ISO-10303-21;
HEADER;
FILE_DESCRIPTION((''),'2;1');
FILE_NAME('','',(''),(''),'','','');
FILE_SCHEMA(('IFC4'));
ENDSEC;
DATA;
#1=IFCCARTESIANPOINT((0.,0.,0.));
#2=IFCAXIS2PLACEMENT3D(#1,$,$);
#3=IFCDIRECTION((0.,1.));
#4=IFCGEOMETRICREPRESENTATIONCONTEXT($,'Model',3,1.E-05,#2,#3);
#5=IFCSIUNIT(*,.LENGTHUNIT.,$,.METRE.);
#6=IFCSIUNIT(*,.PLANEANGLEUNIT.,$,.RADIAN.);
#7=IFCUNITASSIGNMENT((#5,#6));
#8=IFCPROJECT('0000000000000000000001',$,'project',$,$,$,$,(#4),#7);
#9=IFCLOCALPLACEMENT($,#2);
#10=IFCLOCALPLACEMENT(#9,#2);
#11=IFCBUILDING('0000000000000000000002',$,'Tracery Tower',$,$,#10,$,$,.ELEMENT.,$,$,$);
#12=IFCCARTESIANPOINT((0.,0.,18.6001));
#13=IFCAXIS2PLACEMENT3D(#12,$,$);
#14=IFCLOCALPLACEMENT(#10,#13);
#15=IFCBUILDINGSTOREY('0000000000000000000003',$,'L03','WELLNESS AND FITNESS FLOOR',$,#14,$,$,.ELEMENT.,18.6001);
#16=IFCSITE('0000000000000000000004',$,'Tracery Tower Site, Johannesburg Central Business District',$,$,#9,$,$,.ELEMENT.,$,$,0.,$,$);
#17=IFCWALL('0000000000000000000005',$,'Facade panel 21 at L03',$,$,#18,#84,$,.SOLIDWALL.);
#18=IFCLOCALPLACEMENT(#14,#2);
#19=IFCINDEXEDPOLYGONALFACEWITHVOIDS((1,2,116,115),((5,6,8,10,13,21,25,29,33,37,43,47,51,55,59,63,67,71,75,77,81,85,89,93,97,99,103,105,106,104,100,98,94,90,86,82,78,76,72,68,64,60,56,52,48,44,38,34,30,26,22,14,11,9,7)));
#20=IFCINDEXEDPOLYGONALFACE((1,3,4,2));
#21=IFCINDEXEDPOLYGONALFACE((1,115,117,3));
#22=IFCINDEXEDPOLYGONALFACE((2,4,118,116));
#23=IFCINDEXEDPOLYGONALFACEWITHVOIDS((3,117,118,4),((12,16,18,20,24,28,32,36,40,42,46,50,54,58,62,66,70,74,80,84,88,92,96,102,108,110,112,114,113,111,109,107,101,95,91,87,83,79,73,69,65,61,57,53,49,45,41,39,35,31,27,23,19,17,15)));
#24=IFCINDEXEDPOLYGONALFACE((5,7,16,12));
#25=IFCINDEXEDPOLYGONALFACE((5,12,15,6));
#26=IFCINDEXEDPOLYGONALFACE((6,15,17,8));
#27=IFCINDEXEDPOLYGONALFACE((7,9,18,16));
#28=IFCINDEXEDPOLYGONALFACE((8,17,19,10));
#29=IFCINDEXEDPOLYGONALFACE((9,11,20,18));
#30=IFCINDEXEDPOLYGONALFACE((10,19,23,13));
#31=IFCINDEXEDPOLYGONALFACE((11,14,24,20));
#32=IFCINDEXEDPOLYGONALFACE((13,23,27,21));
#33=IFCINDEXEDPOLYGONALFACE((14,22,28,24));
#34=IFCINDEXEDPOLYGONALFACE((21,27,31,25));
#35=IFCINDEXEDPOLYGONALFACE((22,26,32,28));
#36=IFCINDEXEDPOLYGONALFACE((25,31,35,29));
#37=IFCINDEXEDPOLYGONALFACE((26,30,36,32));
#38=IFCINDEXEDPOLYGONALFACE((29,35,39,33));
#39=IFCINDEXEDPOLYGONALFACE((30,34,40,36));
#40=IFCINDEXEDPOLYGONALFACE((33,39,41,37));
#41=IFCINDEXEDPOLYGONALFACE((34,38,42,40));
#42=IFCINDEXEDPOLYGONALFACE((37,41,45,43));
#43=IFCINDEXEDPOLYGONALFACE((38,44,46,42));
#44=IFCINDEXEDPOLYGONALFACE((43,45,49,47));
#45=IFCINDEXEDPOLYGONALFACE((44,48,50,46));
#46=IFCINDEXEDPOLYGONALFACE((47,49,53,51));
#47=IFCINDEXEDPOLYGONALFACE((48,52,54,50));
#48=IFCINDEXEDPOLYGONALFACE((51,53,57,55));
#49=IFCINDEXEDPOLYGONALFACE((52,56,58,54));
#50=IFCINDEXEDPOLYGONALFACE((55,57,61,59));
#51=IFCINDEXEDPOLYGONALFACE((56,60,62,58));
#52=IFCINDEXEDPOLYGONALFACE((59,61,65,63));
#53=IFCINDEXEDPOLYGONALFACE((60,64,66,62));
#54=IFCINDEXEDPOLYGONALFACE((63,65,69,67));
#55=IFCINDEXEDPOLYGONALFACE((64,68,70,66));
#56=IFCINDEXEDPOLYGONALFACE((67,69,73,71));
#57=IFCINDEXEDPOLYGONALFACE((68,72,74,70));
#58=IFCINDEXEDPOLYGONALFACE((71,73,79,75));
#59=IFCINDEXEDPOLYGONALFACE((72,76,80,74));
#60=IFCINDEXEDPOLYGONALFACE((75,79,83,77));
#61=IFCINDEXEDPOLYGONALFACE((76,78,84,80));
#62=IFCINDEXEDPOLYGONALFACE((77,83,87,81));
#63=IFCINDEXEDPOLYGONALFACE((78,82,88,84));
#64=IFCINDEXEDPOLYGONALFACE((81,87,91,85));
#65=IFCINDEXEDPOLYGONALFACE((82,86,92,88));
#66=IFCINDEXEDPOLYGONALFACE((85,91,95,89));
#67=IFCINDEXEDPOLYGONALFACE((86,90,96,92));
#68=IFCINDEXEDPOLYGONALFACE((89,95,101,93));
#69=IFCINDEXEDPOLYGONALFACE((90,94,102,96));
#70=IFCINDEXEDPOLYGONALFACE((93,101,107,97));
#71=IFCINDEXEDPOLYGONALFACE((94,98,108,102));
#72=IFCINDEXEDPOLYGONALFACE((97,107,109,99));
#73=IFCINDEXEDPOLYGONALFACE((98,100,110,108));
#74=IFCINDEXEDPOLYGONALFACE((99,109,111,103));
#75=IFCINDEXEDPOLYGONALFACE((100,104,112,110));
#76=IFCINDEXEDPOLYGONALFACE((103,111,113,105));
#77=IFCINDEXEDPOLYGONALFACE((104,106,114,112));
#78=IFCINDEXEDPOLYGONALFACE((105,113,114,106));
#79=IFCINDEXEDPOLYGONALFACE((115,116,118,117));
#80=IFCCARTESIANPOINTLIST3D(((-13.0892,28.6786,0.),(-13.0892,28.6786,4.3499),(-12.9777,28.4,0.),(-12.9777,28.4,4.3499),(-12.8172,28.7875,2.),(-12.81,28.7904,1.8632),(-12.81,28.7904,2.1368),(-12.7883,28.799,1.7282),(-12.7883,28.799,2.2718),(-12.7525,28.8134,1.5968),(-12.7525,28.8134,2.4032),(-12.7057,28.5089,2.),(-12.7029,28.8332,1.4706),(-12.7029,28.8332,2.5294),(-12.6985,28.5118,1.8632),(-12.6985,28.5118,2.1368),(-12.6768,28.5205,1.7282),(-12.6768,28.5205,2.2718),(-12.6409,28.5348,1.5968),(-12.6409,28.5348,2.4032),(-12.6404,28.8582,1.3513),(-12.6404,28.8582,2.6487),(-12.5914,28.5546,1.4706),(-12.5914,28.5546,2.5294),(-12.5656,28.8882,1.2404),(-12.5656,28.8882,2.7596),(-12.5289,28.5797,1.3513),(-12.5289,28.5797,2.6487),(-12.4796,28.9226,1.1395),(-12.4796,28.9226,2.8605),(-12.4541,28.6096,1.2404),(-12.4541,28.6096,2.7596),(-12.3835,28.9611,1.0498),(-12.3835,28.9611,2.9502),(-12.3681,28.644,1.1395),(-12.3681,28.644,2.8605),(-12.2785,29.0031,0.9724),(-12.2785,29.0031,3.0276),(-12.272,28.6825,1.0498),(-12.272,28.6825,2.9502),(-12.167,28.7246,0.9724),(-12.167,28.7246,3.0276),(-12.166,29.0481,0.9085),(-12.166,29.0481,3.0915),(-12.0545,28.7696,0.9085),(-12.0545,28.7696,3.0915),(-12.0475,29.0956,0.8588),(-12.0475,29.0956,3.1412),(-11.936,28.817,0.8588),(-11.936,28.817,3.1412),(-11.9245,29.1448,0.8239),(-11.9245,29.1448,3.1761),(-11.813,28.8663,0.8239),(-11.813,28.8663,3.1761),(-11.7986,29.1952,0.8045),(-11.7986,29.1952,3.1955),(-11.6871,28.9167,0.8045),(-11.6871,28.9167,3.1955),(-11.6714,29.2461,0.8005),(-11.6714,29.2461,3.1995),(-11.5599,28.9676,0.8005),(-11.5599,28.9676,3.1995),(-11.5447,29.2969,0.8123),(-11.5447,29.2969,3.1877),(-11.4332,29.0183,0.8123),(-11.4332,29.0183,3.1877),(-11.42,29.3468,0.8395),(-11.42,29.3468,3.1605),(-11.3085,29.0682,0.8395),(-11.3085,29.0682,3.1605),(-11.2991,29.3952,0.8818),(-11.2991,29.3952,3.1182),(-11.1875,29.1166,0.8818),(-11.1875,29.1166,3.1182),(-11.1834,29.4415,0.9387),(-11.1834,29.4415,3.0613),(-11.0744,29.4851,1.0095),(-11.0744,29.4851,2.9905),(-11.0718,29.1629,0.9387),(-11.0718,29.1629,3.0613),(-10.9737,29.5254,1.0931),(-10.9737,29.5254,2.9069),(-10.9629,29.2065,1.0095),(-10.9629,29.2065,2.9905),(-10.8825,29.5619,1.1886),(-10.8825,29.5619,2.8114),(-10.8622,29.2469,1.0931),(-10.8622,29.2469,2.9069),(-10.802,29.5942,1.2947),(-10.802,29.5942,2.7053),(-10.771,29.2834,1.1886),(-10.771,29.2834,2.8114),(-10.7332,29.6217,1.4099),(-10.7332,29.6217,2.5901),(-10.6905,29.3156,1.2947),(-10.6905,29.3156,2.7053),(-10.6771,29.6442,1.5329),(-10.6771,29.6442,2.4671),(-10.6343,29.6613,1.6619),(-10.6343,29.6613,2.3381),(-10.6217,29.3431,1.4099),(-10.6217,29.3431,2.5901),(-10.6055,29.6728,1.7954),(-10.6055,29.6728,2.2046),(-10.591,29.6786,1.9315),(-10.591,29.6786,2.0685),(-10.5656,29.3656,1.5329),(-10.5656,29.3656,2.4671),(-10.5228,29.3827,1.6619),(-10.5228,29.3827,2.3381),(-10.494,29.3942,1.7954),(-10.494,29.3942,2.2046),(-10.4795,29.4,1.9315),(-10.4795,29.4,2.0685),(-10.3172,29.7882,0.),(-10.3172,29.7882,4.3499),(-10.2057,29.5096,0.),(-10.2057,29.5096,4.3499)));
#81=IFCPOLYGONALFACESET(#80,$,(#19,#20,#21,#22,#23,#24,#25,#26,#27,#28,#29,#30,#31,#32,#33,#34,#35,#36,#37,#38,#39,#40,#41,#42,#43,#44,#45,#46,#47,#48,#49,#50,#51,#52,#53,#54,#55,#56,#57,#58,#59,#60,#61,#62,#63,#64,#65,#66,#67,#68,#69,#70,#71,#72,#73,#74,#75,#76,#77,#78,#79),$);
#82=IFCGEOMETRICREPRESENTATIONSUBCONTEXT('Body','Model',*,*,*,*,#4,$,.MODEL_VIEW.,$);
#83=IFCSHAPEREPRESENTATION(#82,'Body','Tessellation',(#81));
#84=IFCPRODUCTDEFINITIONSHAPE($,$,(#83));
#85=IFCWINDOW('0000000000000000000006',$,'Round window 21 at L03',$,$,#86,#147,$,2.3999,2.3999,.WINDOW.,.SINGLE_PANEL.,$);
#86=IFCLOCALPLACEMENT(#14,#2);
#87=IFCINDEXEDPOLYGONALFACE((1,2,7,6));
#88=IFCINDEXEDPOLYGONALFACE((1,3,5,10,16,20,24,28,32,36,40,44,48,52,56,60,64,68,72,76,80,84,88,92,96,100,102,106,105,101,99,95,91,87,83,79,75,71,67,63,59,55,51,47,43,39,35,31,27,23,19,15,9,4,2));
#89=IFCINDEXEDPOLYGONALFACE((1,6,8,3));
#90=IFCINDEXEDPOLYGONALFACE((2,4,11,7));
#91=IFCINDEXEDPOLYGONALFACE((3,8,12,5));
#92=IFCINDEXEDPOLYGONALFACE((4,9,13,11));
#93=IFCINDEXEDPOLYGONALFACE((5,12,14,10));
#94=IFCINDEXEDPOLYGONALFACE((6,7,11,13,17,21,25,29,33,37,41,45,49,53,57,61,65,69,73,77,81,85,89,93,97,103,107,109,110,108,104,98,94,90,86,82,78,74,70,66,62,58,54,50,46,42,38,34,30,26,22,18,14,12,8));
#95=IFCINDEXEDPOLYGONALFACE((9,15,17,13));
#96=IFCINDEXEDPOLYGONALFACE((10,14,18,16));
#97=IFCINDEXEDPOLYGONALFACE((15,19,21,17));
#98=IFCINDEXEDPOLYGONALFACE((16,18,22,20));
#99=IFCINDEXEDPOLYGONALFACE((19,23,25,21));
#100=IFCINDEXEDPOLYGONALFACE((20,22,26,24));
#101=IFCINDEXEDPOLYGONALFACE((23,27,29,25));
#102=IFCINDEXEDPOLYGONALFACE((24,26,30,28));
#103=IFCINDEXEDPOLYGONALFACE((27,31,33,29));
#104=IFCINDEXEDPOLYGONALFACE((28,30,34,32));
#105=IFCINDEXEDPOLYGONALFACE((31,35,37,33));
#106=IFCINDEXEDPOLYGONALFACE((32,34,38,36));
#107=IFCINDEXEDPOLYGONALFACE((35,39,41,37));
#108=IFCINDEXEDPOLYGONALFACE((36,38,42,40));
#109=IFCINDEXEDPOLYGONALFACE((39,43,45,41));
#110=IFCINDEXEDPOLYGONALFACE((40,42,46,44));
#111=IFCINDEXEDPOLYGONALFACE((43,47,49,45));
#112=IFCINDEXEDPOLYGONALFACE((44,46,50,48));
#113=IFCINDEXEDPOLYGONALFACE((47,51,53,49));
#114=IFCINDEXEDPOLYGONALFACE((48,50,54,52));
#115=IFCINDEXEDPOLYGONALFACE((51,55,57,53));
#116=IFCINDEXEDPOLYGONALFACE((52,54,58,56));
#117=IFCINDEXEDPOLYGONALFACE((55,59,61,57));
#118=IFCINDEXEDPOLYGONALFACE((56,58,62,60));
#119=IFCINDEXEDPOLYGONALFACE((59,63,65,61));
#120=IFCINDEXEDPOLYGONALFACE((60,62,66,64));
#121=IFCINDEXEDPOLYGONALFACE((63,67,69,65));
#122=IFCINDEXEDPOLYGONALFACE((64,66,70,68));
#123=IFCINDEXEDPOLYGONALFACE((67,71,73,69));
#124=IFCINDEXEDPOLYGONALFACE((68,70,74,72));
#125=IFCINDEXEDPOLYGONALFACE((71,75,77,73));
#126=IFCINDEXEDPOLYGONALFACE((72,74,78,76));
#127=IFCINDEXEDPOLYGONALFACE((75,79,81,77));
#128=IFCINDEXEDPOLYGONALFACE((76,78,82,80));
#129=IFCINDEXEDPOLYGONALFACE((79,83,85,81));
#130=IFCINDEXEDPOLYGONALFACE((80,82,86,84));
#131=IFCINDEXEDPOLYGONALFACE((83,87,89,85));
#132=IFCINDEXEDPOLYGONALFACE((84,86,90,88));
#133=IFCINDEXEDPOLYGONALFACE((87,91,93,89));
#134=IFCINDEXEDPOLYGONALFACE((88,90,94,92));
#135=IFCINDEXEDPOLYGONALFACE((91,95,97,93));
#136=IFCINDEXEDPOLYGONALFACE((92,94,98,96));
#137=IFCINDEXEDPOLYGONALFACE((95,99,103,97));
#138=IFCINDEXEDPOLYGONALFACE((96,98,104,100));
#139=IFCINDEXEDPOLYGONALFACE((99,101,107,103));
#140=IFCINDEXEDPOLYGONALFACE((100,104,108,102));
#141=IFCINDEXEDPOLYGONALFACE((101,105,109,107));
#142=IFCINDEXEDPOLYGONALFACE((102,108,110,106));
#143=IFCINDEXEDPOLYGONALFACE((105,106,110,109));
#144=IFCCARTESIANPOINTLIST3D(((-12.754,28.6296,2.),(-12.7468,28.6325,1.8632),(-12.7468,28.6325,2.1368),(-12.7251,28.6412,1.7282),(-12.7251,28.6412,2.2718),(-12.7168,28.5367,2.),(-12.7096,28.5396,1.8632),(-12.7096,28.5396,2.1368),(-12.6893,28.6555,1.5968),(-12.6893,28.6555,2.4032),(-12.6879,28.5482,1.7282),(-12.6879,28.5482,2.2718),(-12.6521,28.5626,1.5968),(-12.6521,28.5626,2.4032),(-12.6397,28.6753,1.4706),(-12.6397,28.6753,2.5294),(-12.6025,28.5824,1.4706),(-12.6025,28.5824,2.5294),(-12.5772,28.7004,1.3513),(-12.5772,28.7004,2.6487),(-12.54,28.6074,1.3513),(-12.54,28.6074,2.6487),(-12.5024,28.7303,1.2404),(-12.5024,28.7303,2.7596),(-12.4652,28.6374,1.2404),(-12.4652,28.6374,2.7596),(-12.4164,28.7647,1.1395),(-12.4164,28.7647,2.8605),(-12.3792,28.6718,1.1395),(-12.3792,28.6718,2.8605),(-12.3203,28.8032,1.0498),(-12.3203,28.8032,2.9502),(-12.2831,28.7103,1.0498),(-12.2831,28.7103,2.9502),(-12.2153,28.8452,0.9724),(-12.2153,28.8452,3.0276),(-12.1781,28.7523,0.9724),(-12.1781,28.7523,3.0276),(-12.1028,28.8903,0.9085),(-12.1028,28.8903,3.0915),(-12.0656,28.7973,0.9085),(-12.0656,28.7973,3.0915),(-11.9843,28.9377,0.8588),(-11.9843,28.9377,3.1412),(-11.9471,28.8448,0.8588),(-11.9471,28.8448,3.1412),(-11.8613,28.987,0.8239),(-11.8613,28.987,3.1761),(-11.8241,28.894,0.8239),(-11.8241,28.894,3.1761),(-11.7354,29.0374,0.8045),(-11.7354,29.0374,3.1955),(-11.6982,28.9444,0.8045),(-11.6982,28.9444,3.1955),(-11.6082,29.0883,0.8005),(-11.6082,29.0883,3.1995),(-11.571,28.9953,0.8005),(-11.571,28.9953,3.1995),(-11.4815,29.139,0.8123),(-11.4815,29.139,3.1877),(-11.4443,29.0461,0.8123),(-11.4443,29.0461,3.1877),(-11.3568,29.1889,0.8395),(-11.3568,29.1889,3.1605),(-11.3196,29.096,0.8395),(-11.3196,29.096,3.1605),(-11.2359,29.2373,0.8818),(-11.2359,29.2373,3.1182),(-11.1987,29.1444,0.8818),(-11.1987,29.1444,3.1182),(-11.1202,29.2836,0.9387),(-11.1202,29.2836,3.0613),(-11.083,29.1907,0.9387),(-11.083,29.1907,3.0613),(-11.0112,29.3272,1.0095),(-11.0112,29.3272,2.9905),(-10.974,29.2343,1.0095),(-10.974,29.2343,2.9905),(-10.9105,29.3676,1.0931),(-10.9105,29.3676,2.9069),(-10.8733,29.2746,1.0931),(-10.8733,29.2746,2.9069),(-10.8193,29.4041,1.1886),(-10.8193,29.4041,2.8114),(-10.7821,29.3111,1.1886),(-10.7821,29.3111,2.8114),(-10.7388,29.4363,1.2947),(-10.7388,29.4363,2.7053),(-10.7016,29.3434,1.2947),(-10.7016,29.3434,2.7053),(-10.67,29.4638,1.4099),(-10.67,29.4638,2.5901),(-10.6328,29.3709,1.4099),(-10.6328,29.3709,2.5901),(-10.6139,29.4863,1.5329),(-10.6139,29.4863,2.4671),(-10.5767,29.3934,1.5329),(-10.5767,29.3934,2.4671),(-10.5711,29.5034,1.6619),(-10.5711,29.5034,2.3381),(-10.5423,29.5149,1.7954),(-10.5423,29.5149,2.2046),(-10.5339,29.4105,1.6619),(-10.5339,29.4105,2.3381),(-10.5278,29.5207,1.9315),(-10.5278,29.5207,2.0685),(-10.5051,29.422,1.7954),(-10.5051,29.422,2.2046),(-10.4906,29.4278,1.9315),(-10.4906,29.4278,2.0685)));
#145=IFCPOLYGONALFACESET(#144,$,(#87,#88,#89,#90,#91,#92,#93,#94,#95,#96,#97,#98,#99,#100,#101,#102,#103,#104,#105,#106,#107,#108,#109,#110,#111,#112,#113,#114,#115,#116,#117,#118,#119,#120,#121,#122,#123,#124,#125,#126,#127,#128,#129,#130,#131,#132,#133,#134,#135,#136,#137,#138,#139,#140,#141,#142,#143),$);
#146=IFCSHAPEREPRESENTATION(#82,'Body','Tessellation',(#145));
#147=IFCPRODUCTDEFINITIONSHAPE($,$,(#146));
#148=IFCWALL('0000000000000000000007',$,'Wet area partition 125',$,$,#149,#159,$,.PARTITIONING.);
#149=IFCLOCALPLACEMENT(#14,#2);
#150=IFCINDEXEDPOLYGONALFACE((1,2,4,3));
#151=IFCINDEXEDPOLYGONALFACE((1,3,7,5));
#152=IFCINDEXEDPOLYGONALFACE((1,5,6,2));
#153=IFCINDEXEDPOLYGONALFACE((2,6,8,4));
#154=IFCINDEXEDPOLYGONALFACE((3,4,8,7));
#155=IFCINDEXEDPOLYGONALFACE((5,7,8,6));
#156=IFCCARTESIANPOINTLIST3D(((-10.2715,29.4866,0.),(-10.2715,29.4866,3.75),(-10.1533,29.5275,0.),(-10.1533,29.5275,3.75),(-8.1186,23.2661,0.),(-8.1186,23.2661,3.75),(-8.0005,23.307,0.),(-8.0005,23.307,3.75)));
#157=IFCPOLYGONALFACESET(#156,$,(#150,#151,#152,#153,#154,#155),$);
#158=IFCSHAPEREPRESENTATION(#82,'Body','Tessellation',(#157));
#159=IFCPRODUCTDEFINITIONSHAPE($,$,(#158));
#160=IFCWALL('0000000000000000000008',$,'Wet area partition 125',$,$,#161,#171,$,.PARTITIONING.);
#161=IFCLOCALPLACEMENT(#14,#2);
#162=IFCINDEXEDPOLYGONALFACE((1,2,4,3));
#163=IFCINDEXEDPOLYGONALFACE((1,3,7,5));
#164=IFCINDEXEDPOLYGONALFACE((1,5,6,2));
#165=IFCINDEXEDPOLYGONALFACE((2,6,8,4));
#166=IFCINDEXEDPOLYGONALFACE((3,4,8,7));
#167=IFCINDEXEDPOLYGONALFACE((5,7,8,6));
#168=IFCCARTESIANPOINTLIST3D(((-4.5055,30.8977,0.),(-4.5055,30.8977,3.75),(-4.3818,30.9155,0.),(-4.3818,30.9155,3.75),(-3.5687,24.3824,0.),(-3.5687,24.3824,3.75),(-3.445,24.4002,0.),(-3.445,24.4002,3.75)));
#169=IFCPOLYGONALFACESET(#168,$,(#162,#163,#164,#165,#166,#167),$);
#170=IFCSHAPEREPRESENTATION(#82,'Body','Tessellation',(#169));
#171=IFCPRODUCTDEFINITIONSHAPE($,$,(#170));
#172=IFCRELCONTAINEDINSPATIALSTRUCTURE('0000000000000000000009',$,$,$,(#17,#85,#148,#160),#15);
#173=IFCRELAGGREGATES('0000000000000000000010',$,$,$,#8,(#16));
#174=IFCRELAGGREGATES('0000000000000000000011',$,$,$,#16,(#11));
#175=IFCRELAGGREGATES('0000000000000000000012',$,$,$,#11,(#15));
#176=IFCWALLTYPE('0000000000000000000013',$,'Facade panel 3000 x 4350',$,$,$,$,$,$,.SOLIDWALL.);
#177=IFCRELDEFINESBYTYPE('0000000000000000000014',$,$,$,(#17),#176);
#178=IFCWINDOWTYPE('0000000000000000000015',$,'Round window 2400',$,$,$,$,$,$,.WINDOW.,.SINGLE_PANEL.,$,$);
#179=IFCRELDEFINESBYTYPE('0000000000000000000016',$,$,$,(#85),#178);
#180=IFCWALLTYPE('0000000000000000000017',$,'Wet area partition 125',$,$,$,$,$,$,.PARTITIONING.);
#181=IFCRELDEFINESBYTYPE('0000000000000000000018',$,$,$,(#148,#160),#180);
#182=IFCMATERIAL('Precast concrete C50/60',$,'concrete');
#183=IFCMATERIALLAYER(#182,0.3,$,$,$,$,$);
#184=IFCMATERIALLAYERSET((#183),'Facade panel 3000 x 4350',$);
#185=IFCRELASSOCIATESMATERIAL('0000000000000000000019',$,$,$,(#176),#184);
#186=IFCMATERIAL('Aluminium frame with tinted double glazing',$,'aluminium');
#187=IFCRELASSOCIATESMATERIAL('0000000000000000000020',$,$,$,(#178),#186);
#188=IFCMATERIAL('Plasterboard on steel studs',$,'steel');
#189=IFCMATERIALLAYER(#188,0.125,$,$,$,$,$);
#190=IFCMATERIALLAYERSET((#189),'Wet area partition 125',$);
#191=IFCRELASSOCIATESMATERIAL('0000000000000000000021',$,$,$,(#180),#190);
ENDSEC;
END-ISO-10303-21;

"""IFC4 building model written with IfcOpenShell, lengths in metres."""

from ifc_helpers import new_model, si_unit, direction, frame, frame_2d, origin, origin_2d, place, context, subcontext, project, spatial, rectangle, circle, extrude, material, layer, layer_set, type_object, element, fill, save


model = new_model("IFC4")

# Units and contexts
model_context = context("Model", 3, precision=1e-05, world=origin(), true_north=direction((0.0, 1.0)))
body_context = subcontext(model_context, "Body", "Model", "MODEL_VIEW")
ifc_project = project(units=[si_unit("LENGTHUNIT", "METRE"), si_unit("PLANEANGLEUNIT", "RADIAN")], contexts=[model_context])

# Site, building, storey
site_placement = place(None, origin())
site = spatial("IfcSite", under=ifc_project, at=site_placement, Name="Tracery Tower Site, Johannesburg Central Business District", CompositionType="ELEMENT", RefElevation=0.0)
building_placement = place(site_placement, origin())
building = spatial("IfcBuilding", under=site, at=building_placement, Name="Tracery Tower", CompositionType="ELEMENT")
storey_placement = place(building_placement, frame((0.0, 0.0, 18.6001)))
storey = spatial("IfcBuildingStorey", under=building, at=storey_placement, Name="L03", Description="WELLNESS AND FITNESS FLOOR", CompositionType="ELEMENT", Elevation=18.6001)

# Wall, opening, window
ifc_material_1 = material(Name="Precast concrete C50/60", Category="concrete")
ifc_layer_1 = layer(ifc_material_1, 0.3)
ifc_layer_set_1 = layer_set([ifc_layer_1], Name="Facade panel 3000 x 4350")
wall_type_1 = type_object("IfcWallType", Name="Facade panel 3000 x 4350", PredefinedType="SOLIDWALL", material=ifc_layer_set_1)
ifc_material_2 = material(Name="Aluminium frame with tinted double glazing", Category="aluminium")
window_type = type_object("IfcWindowType", Name="Round window 2400", PartitioningType="SINGLE_PANEL", PredefinedType="WINDOW", material=ifc_material_2)
wall_1_placement = place(storey_placement, frame((-10.2615, 29.6489, 0.0), z_axis=(0.0, 0.0, 1.0), x_axis=(-0.928381, -0.37163, 0.0)))
wall_1 = element("IfcWall", 1, at=wall_1_placement, inside=storey, type_object=wall_type_1, Name="Facade panel 21 at L03", PredefinedType="SOLIDWALL", context=body_context, shape_type="SweptSolid", body=[
    extrude(rectangle(XDim=2.9858, YDim=0.3, at=frame_2d((1.4929, 0.0))), origin(), (0.0, 0.0, 1.0), 4.3499),
])
opening_1_placement = place(wall_1_placement, frame((1.4929, 0.0, 2.0)))
opening_1 = element("IfcOpeningElement", 2, at=opening_1_placement, cuts=wall_1, PredefinedType="OPENING", context=body_context, shape_type="SweptSolid", body=[
    extrude(circle(Radius=1.2, at=origin_2d()), frame((0.0, 0.1599, 0.0), z_axis=(0.0, -1.0, 0.0), x_axis=(1.0, 0.0, 0.0)), (0.0, 0.0, 1.0), 0.3201),
])
window_1_placement = place(opening_1_placement, origin())
window_1 = element("IfcWindow", 3, at=window_1_placement, inside=storey, type_object=window_type, Name="Round window 21 at L03", OverallHeight=2.3999, OverallWidth=2.3999, PartitioningType="SINGLE_PANEL", PredefinedType="WINDOW", context=body_context, shape_type="SweptSolid", body=[
    extrude(circle(Radius=1.2, at=origin_2d()), frame((0.0, 0.1201, 0.0), z_axis=(0.0, -1.0, 0.0), x_axis=(1.0, 0.0, 0.0)), (0.0, 0.0, 1.0), 0.1001),
])
fill(opening_1, window_1)

# Walls
ifc_material_3 = material(Name="Plasterboard on steel studs", Category="steel")
ifc_layer_2 = layer(ifc_material_3, 0.125)
ifc_layer_set_2 = layer_set([ifc_layer_2], Name="Wet area partition 125")
wall_type_2 = type_object("IfcWallType", Name="Wet area partition 125", PredefinedType="PARTITIONING", material=ifc_layer_set_2)
wall_2_placement = place(storey_placement, frame((-10.2124, 29.5071, 0.0), z_axis=(0.0, 0.0, 1.0), x_axis=(0.327056, -0.945005, 0.0)))
element("IfcWall", 4, at=wall_2_placement, inside=storey, type_object=wall_type_2, Name="Wet area partition 125", PredefinedType="PARTITIONING", context=body_context, shape_type="SweptSolid", body=[
    extrude(rectangle(XDim=6.5825, YDim=0.125, at=frame_2d((3.2913, 0.0))), origin(), (0.0, 0.0, 1.0), 3.75),
])
wall_3_placement = place(storey_placement, frame((-4.4436, 30.9065, 0.0), z_axis=(0.0, 0.0, 1.0), x_axis=(0.142314, -0.989822, 0.0)))
element("IfcWall", 5, at=wall_3_placement, inside=storey, type_object=wall_type_2, Name="Wet area partition 125", PredefinedType="PARTITIONING", context=body_context, shape_type="SweptSolid", body=[
    extrude(rectangle(XDim=6.5823, YDim=0.125, at=frame_2d((3.291, 0.0))), origin(), (0.0, 0.0, 1.0), 3.75),
])

save(model, "model.ifc")
